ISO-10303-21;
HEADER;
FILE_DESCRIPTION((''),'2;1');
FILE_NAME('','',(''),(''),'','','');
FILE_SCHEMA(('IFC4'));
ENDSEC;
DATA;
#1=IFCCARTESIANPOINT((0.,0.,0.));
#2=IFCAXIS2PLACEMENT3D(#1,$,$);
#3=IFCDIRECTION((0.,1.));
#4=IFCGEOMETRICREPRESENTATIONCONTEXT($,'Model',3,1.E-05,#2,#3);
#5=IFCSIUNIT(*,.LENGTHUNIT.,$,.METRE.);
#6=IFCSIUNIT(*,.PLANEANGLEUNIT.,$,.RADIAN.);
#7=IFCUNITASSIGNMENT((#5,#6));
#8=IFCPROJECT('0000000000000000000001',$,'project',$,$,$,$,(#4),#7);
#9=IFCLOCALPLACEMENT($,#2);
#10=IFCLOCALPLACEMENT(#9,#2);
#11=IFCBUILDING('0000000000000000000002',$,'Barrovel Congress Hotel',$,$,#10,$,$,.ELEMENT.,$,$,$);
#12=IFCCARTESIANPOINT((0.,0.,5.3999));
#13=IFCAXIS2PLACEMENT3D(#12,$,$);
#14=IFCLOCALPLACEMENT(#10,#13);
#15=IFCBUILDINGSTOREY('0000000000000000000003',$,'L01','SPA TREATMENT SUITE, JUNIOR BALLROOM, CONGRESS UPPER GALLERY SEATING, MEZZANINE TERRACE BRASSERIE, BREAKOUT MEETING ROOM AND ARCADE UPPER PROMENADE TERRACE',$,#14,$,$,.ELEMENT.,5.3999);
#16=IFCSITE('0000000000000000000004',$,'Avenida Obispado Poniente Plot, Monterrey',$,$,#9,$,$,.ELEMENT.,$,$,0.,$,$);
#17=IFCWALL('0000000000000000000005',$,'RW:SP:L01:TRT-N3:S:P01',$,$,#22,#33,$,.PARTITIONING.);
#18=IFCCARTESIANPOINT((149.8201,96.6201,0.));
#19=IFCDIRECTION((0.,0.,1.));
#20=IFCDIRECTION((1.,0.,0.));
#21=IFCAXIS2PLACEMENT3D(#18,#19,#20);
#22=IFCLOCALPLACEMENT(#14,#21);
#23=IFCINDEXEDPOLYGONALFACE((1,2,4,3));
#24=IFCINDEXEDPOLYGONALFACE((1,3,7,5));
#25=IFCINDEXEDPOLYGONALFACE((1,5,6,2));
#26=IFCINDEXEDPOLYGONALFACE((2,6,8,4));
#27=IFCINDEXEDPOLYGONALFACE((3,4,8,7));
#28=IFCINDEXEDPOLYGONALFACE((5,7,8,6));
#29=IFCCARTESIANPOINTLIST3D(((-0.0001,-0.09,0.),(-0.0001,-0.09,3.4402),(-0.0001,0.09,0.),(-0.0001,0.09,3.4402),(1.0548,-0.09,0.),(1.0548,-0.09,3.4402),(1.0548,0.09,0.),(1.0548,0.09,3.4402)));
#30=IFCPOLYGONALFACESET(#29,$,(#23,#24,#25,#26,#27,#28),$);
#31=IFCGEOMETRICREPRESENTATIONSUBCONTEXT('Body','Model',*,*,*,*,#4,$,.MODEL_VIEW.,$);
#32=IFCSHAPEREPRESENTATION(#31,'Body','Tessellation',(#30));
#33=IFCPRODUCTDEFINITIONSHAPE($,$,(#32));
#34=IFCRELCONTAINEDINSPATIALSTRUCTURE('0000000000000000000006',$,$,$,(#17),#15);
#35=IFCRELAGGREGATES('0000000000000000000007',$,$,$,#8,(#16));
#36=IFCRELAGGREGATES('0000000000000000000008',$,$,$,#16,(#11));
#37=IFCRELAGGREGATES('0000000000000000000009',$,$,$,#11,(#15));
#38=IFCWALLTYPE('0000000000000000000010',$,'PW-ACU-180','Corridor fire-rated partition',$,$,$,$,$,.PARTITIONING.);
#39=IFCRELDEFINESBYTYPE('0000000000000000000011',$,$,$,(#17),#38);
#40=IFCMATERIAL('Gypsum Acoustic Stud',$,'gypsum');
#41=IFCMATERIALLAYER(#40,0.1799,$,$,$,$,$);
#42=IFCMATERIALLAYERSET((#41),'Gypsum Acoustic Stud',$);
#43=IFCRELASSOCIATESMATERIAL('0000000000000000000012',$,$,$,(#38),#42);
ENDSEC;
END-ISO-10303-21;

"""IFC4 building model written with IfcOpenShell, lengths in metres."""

from ifc_helpers import new_model, si_unit, direction, frame, frame_2d, origin, place, context, subcontext, project, spatial, rectangle, extrude, material, layer, layer_set, type_object, element, save


model = new_model("IFC4")

# Units and contexts
model_context = context("Model", 3, precision=1e-05, world=origin(), true_north=direction((0.0, 1.0)))
body_context = subcontext(model_context, "Body", "Model", "MODEL_VIEW")
ifc_project = project(units=[si_unit("LENGTHUNIT", "METRE"), si_unit("PLANEANGLEUNIT", "RADIAN")], contexts=[model_context])

# Site, building, storey
site_placement = place(None, origin())
site = spatial("IfcSite", under=ifc_project, at=site_placement, Name="Avenida Obispado Poniente Plot, Monterrey", CompositionType="ELEMENT", RefElevation=0.0)
building_placement = place(site_placement, origin())
building = spatial("IfcBuilding", under=site, at=building_placement, Name="Barrovel Congress Hotel", CompositionType="ELEMENT")
storey_placement = place(building_placement, frame((0.0, 0.0, 5.3999)))
storey = spatial("IfcBuildingStorey", under=building, at=storey_placement, Name="L01", Description="SPA TREATMENT SUITE, JUNIOR BALLROOM, CONGRESS UPPER GALLERY SEATING, MEZZANINE TERRACE BRASSERIE, BREAKOUT MEETING ROOM AND ARCADE UPPER PROMENADE TERRACE", CompositionType="ELEMENT", Elevation=5.3999)

# Shared definitions
ifc_material_1 = material(Name="Gypsum Acoustic Stud", Category="gypsum")
ifc_layer_1 = layer(ifc_material_1, 0.1799)
ifc_layer_set_1 = layer_set([ifc_layer_1], Name="Gypsum Acoustic Stud")
wall_type_1 = type_object("IfcWallType", Name="PW-ACU-180", Description="Corridor fire-rated partition", PredefinedType="PARTITIONING", material=ifc_layer_set_1)

# Wall
wall_1_placement = place(storey_placement, frame((149.8201, 96.6201, 0.0), z_axis=(0.0, 0.0, 1.0), x_axis=(1.0, 0.0, 0.0)))
element("IfcWall", 1, at=wall_1_placement, inside=storey, type_object=wall_type_1, Name="RW:SP:L01:TRT-N3:S:P01", PredefinedType="PARTITIONING", context=body_context, shape_type="SweptSolid", body=[
    extrude(rectangle(XDim=1.0549, YDim=0.1799, at=frame_2d((0.5273, 0.0))), origin(), (0.0, 0.0, 1.0), 3.4402),
])

save(model, "model.ifc")
